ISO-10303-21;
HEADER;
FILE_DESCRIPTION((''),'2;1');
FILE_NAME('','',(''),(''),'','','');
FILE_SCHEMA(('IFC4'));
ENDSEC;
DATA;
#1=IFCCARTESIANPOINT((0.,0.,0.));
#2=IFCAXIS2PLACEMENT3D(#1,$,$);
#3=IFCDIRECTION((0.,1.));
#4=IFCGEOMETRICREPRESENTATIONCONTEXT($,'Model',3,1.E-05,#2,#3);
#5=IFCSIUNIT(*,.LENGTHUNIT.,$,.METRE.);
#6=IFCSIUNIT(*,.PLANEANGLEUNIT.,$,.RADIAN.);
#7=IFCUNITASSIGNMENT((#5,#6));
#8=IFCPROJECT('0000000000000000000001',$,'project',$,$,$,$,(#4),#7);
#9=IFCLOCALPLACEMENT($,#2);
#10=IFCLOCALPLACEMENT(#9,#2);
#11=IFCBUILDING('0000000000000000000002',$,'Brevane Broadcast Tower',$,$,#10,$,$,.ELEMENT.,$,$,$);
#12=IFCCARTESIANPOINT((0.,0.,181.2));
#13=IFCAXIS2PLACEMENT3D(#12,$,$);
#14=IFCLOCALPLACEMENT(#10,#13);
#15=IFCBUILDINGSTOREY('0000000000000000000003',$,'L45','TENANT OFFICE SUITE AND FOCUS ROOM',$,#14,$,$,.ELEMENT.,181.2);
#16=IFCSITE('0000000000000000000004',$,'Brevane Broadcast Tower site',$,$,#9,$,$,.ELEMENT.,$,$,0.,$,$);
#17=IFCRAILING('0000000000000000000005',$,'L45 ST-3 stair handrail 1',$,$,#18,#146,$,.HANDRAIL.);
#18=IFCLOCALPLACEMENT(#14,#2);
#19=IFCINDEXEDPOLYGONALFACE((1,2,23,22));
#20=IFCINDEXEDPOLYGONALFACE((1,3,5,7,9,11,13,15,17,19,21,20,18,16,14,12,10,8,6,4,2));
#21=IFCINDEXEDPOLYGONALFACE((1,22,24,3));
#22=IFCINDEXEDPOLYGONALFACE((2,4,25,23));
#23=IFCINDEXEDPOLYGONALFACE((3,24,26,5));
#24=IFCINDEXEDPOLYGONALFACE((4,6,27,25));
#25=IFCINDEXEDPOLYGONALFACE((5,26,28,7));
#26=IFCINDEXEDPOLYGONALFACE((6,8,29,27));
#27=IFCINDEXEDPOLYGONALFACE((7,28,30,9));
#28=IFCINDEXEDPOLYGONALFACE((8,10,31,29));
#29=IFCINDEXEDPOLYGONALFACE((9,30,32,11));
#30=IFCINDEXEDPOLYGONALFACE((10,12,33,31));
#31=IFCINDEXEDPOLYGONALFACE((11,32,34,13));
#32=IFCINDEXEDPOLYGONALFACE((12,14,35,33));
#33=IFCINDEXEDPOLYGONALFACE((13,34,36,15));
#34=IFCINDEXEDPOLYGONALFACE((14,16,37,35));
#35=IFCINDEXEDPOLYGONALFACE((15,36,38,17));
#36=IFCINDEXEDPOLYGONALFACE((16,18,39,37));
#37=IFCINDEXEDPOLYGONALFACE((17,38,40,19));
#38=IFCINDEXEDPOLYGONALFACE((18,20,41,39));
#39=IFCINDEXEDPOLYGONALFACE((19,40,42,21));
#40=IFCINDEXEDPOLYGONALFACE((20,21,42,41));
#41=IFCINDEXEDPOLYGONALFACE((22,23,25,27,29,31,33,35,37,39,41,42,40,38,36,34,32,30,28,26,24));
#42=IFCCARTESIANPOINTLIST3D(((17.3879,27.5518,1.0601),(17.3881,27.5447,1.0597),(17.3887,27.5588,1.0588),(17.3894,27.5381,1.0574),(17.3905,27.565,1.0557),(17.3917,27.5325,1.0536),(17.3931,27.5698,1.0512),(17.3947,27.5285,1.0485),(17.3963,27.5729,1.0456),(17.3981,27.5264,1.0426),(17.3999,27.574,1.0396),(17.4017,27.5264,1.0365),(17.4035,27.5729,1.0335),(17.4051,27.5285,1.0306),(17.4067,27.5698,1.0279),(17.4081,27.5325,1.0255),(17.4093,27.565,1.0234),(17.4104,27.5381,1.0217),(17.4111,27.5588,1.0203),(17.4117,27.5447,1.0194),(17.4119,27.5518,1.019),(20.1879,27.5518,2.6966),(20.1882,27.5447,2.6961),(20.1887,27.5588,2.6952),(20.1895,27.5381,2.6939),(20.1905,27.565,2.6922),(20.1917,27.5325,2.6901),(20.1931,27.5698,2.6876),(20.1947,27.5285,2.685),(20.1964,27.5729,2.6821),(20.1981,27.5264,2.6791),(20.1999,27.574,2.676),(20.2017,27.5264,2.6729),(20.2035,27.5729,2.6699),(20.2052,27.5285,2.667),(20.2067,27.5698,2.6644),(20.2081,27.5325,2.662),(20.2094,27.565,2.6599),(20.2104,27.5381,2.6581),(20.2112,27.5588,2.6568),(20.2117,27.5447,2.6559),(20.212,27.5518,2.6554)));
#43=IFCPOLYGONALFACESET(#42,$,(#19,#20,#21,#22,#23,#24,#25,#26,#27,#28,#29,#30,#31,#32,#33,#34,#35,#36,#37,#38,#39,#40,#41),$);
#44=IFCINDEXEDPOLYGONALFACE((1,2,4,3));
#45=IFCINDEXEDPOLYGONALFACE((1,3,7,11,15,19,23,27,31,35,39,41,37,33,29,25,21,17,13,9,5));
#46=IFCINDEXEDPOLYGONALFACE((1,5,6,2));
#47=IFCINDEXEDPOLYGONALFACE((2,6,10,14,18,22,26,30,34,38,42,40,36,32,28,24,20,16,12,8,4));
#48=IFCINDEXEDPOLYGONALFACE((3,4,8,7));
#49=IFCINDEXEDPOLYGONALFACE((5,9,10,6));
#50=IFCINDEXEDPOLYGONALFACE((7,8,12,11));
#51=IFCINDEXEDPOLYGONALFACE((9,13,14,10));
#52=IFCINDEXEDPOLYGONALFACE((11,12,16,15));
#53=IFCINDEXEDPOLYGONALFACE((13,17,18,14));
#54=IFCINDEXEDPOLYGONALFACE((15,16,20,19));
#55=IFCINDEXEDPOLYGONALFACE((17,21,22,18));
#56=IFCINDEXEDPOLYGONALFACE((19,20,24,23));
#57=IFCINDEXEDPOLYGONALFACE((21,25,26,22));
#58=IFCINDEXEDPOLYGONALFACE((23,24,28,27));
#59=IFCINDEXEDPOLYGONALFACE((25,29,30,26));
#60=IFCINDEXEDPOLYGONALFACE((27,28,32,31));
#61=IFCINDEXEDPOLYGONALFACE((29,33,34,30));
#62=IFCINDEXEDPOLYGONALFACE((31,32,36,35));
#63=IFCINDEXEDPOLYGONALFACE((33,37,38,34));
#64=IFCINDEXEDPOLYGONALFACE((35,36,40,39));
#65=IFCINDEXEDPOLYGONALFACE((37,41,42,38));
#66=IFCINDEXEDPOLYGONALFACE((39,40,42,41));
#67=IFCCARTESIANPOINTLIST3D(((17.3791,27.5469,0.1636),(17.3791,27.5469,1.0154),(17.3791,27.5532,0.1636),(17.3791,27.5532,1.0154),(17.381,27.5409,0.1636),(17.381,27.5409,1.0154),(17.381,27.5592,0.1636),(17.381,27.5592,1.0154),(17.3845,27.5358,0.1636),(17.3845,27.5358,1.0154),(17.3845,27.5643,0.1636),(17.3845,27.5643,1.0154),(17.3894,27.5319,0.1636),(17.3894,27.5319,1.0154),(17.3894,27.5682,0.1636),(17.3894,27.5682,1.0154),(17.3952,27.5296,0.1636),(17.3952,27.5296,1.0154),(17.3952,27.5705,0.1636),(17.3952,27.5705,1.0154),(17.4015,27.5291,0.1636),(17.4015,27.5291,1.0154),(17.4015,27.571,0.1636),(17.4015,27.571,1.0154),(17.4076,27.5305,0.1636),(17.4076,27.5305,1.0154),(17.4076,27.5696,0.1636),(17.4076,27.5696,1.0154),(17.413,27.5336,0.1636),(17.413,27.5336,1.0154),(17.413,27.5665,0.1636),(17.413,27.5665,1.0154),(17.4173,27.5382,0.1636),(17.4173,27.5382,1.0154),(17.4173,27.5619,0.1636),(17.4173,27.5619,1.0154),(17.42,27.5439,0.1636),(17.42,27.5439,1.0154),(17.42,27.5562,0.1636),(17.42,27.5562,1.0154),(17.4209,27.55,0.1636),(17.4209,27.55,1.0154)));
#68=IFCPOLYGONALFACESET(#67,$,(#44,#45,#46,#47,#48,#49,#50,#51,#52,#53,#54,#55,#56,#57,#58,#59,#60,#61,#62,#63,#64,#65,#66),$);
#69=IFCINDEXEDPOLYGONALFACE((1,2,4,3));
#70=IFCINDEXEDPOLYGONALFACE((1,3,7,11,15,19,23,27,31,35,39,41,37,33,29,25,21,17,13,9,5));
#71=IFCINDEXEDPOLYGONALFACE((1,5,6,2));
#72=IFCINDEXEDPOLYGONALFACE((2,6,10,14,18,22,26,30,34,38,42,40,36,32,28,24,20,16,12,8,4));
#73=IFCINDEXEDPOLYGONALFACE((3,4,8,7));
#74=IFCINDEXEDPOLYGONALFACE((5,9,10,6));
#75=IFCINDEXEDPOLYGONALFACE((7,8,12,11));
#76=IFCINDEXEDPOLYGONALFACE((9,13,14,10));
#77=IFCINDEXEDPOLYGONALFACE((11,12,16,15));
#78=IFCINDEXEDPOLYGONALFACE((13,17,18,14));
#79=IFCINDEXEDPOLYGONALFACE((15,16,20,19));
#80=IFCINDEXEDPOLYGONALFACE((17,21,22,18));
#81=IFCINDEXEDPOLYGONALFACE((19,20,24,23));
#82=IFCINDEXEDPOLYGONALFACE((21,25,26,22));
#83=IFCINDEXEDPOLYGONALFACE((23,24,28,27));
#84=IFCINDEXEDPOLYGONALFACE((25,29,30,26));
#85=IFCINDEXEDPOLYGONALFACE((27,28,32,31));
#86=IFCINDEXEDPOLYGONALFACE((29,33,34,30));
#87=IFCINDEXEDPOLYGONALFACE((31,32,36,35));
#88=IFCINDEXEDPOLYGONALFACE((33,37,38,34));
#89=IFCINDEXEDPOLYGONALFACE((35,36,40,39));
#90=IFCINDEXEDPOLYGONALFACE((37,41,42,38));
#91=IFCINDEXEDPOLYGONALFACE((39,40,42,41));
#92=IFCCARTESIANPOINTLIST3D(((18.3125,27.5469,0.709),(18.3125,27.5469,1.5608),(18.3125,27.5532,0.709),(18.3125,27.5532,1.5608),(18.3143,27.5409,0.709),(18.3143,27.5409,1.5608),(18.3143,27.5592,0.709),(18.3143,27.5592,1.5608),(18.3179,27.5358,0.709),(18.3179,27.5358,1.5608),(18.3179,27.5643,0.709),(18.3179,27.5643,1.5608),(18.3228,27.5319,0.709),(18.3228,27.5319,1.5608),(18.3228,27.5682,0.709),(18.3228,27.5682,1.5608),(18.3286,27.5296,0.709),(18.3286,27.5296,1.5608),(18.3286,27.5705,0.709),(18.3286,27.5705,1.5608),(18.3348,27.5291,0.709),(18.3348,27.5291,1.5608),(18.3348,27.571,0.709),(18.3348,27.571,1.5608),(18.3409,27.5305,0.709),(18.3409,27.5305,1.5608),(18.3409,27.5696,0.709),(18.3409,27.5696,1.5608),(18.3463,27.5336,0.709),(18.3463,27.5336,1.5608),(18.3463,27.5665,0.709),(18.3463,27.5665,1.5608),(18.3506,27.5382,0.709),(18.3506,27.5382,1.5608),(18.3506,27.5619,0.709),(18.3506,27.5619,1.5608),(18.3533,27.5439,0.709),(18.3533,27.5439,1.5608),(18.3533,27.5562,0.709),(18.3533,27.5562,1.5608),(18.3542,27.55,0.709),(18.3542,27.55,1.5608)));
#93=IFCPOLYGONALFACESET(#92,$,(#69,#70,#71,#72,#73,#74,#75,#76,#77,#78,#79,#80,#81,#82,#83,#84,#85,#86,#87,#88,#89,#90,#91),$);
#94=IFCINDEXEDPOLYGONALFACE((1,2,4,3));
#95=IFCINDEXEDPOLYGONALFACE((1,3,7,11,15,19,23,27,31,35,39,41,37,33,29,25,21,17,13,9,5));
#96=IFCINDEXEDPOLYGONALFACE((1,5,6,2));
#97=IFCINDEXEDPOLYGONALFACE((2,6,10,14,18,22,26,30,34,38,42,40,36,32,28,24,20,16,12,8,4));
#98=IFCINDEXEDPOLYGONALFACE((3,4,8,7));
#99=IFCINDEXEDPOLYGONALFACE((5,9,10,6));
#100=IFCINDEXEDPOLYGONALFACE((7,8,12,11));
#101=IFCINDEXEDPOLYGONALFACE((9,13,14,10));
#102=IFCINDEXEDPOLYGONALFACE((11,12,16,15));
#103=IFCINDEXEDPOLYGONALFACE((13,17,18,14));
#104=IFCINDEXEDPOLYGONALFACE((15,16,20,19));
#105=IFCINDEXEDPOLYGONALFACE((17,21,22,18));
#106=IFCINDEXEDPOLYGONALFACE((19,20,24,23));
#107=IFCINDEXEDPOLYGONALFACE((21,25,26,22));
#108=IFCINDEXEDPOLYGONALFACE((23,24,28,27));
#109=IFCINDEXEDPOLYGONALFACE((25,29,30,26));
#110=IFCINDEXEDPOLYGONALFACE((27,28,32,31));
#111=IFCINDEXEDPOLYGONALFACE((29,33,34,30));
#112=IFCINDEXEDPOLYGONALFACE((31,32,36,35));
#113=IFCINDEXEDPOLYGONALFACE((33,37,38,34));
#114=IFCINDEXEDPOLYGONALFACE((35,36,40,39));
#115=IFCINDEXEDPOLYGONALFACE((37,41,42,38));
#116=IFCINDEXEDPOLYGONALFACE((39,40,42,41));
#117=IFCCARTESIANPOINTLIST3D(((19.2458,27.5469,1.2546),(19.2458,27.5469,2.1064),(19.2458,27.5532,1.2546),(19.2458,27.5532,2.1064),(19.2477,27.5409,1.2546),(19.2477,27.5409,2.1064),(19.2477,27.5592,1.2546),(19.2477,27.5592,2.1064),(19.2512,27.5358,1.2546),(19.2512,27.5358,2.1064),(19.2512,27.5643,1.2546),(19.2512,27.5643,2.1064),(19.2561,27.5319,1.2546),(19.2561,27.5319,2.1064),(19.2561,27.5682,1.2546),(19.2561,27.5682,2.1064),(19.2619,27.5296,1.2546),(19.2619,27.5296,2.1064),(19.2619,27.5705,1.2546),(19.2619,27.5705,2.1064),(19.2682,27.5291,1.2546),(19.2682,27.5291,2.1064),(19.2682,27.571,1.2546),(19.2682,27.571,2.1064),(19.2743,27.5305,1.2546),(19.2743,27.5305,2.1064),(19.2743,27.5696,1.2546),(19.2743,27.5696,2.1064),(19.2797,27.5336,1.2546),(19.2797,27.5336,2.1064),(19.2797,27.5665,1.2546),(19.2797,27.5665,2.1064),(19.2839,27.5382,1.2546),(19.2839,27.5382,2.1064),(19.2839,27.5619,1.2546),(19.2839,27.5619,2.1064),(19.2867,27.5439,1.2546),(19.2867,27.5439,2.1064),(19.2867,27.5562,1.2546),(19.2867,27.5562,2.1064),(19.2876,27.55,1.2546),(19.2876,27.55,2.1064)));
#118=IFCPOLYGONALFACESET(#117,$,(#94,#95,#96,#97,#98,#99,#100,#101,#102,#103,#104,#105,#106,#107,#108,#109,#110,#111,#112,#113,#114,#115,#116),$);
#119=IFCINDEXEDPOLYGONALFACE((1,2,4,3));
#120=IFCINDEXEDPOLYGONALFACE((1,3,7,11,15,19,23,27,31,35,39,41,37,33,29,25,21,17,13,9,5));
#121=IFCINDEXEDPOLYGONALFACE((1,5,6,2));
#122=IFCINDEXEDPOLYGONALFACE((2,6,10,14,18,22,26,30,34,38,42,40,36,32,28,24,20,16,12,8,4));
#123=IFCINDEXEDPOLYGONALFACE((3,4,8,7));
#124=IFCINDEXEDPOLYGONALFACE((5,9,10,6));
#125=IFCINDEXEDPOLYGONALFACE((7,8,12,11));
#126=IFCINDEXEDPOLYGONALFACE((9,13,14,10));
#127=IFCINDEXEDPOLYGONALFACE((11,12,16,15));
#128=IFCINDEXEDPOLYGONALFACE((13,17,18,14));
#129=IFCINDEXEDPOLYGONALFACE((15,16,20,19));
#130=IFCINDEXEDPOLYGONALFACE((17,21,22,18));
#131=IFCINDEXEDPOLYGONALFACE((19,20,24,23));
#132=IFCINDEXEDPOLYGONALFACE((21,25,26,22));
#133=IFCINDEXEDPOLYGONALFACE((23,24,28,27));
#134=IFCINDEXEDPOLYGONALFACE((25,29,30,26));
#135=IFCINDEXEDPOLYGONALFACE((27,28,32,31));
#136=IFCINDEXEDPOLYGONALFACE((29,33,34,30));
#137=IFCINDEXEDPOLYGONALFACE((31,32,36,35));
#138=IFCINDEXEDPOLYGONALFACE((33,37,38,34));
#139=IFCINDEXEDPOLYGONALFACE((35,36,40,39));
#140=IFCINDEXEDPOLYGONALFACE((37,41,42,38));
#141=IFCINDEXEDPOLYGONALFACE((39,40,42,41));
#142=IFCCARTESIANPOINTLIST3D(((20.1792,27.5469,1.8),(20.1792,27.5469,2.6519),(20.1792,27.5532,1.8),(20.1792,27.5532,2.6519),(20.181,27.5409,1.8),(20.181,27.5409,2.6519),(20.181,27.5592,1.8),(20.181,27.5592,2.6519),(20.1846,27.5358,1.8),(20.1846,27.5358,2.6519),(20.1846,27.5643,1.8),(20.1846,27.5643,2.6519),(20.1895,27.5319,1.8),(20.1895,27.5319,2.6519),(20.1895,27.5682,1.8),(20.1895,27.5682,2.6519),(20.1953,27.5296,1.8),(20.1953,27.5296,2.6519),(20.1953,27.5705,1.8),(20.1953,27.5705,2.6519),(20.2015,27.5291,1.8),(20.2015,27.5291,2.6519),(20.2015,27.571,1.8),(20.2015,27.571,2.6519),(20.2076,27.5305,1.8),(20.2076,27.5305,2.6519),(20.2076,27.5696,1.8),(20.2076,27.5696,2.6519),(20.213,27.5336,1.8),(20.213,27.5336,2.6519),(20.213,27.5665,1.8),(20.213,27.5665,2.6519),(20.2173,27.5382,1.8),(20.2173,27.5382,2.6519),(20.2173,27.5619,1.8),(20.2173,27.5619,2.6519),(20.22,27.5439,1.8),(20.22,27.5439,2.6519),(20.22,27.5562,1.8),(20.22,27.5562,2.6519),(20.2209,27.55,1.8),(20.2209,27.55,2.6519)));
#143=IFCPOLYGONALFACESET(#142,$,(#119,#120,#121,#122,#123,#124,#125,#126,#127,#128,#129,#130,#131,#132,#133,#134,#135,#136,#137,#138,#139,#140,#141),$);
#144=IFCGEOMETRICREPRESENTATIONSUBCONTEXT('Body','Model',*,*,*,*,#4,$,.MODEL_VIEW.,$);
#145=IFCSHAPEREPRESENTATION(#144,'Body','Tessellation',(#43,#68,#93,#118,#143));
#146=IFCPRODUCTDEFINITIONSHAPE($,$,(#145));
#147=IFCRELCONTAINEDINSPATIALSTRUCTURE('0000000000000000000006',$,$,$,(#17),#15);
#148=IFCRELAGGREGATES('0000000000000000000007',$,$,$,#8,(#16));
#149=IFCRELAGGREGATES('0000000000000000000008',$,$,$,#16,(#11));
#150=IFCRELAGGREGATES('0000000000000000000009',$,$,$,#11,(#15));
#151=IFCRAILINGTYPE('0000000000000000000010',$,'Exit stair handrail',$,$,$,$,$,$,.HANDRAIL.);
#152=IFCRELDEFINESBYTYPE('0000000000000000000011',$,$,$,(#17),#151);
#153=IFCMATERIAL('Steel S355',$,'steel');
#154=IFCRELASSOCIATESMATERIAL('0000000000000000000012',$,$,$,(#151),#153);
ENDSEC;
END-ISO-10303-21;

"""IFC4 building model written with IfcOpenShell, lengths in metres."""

from ifc_helpers import new_model, si_unit, direction, frame, origin, origin_2d, place, context, subcontext, project, spatial, circle, extrude, material, type_object, element, save


model = new_model("IFC4")

# Units and contexts
model_context = context("Model", 3, precision=1e-05, world=origin(), true_north=direction((0.0, 1.0)))
body_context = subcontext(model_context, "Body", "Model", "MODEL_VIEW")
ifc_project = project(units=[si_unit("LENGTHUNIT", "METRE"), si_unit("PLANEANGLEUNIT", "RADIAN")], contexts=[model_context])

# Site, building, storey
site_placement = place(None, origin())
site = spatial("IfcSite", under=ifc_project, at=site_placement, Name="Brevane Broadcast Tower site", CompositionType="ELEMENT", RefElevation=0.0)
building_placement = place(site_placement, origin())
building = spatial("IfcBuilding", under=site, at=building_placement, Name="Brevane Broadcast Tower", CompositionType="ELEMENT")
storey_placement = place(building_placement, frame((0.0, 0.0, 181.2)))
storey = spatial("IfcBuildingStorey", under=building, at=storey_placement, Name="L45", Description="TENANT OFFICE SUITE AND FOCUS ROOM", CompositionType="ELEMENT", Elevation=181.2)

# Railing
ifc_material_1 = material(Name="Steel S355", Category="steel")
railing_type_1 = type_object("IfcRailingType", Name="Exit stair handrail", PredefinedType="HANDRAIL", material=ifc_material_1)
railing_1_placement = place(storey_placement, frame((17.3999, 27.55, 0.1636)))
element("IfcRailing", 1, at=railing_1_placement, inside=storey, type_object=railing_type_1, Name="L45 ST-3 stair handrail 1", PredefinedType="HANDRAIL", context=body_context, shape_type="SweptSolid", body=[
    extrude(circle(Radius=0.0239, at=origin_2d()), frame((0.0, 0.0, 0.876), z_axis=(0.863361, 0.0, 0.504587), x_axis=(0.0, 1.0, 0.0)), (0.0, 0.0, 1.0), 3.2432),
    extrude(circle(Radius=0.021, at=origin_2d()), origin(), (0.0, 0.0, 1.0), 0.8518),
    extrude(circle(Radius=0.021, at=origin_2d()), frame((0.9333, 0.0, 0.5454)), (0.0, 0.0, 1.0), 0.8518),
    extrude(circle(Radius=0.021, at=origin_2d()), frame((1.8667, 0.0, 1.0911)), (0.0, 0.0, 1.0), 0.8518),
    extrude(circle(Radius=0.021, at=origin_2d()), frame((2.8, 0.0, 1.6365)), (0.0, 0.0, 1.0), 0.8518),
])

save(model, "model.ifc")
